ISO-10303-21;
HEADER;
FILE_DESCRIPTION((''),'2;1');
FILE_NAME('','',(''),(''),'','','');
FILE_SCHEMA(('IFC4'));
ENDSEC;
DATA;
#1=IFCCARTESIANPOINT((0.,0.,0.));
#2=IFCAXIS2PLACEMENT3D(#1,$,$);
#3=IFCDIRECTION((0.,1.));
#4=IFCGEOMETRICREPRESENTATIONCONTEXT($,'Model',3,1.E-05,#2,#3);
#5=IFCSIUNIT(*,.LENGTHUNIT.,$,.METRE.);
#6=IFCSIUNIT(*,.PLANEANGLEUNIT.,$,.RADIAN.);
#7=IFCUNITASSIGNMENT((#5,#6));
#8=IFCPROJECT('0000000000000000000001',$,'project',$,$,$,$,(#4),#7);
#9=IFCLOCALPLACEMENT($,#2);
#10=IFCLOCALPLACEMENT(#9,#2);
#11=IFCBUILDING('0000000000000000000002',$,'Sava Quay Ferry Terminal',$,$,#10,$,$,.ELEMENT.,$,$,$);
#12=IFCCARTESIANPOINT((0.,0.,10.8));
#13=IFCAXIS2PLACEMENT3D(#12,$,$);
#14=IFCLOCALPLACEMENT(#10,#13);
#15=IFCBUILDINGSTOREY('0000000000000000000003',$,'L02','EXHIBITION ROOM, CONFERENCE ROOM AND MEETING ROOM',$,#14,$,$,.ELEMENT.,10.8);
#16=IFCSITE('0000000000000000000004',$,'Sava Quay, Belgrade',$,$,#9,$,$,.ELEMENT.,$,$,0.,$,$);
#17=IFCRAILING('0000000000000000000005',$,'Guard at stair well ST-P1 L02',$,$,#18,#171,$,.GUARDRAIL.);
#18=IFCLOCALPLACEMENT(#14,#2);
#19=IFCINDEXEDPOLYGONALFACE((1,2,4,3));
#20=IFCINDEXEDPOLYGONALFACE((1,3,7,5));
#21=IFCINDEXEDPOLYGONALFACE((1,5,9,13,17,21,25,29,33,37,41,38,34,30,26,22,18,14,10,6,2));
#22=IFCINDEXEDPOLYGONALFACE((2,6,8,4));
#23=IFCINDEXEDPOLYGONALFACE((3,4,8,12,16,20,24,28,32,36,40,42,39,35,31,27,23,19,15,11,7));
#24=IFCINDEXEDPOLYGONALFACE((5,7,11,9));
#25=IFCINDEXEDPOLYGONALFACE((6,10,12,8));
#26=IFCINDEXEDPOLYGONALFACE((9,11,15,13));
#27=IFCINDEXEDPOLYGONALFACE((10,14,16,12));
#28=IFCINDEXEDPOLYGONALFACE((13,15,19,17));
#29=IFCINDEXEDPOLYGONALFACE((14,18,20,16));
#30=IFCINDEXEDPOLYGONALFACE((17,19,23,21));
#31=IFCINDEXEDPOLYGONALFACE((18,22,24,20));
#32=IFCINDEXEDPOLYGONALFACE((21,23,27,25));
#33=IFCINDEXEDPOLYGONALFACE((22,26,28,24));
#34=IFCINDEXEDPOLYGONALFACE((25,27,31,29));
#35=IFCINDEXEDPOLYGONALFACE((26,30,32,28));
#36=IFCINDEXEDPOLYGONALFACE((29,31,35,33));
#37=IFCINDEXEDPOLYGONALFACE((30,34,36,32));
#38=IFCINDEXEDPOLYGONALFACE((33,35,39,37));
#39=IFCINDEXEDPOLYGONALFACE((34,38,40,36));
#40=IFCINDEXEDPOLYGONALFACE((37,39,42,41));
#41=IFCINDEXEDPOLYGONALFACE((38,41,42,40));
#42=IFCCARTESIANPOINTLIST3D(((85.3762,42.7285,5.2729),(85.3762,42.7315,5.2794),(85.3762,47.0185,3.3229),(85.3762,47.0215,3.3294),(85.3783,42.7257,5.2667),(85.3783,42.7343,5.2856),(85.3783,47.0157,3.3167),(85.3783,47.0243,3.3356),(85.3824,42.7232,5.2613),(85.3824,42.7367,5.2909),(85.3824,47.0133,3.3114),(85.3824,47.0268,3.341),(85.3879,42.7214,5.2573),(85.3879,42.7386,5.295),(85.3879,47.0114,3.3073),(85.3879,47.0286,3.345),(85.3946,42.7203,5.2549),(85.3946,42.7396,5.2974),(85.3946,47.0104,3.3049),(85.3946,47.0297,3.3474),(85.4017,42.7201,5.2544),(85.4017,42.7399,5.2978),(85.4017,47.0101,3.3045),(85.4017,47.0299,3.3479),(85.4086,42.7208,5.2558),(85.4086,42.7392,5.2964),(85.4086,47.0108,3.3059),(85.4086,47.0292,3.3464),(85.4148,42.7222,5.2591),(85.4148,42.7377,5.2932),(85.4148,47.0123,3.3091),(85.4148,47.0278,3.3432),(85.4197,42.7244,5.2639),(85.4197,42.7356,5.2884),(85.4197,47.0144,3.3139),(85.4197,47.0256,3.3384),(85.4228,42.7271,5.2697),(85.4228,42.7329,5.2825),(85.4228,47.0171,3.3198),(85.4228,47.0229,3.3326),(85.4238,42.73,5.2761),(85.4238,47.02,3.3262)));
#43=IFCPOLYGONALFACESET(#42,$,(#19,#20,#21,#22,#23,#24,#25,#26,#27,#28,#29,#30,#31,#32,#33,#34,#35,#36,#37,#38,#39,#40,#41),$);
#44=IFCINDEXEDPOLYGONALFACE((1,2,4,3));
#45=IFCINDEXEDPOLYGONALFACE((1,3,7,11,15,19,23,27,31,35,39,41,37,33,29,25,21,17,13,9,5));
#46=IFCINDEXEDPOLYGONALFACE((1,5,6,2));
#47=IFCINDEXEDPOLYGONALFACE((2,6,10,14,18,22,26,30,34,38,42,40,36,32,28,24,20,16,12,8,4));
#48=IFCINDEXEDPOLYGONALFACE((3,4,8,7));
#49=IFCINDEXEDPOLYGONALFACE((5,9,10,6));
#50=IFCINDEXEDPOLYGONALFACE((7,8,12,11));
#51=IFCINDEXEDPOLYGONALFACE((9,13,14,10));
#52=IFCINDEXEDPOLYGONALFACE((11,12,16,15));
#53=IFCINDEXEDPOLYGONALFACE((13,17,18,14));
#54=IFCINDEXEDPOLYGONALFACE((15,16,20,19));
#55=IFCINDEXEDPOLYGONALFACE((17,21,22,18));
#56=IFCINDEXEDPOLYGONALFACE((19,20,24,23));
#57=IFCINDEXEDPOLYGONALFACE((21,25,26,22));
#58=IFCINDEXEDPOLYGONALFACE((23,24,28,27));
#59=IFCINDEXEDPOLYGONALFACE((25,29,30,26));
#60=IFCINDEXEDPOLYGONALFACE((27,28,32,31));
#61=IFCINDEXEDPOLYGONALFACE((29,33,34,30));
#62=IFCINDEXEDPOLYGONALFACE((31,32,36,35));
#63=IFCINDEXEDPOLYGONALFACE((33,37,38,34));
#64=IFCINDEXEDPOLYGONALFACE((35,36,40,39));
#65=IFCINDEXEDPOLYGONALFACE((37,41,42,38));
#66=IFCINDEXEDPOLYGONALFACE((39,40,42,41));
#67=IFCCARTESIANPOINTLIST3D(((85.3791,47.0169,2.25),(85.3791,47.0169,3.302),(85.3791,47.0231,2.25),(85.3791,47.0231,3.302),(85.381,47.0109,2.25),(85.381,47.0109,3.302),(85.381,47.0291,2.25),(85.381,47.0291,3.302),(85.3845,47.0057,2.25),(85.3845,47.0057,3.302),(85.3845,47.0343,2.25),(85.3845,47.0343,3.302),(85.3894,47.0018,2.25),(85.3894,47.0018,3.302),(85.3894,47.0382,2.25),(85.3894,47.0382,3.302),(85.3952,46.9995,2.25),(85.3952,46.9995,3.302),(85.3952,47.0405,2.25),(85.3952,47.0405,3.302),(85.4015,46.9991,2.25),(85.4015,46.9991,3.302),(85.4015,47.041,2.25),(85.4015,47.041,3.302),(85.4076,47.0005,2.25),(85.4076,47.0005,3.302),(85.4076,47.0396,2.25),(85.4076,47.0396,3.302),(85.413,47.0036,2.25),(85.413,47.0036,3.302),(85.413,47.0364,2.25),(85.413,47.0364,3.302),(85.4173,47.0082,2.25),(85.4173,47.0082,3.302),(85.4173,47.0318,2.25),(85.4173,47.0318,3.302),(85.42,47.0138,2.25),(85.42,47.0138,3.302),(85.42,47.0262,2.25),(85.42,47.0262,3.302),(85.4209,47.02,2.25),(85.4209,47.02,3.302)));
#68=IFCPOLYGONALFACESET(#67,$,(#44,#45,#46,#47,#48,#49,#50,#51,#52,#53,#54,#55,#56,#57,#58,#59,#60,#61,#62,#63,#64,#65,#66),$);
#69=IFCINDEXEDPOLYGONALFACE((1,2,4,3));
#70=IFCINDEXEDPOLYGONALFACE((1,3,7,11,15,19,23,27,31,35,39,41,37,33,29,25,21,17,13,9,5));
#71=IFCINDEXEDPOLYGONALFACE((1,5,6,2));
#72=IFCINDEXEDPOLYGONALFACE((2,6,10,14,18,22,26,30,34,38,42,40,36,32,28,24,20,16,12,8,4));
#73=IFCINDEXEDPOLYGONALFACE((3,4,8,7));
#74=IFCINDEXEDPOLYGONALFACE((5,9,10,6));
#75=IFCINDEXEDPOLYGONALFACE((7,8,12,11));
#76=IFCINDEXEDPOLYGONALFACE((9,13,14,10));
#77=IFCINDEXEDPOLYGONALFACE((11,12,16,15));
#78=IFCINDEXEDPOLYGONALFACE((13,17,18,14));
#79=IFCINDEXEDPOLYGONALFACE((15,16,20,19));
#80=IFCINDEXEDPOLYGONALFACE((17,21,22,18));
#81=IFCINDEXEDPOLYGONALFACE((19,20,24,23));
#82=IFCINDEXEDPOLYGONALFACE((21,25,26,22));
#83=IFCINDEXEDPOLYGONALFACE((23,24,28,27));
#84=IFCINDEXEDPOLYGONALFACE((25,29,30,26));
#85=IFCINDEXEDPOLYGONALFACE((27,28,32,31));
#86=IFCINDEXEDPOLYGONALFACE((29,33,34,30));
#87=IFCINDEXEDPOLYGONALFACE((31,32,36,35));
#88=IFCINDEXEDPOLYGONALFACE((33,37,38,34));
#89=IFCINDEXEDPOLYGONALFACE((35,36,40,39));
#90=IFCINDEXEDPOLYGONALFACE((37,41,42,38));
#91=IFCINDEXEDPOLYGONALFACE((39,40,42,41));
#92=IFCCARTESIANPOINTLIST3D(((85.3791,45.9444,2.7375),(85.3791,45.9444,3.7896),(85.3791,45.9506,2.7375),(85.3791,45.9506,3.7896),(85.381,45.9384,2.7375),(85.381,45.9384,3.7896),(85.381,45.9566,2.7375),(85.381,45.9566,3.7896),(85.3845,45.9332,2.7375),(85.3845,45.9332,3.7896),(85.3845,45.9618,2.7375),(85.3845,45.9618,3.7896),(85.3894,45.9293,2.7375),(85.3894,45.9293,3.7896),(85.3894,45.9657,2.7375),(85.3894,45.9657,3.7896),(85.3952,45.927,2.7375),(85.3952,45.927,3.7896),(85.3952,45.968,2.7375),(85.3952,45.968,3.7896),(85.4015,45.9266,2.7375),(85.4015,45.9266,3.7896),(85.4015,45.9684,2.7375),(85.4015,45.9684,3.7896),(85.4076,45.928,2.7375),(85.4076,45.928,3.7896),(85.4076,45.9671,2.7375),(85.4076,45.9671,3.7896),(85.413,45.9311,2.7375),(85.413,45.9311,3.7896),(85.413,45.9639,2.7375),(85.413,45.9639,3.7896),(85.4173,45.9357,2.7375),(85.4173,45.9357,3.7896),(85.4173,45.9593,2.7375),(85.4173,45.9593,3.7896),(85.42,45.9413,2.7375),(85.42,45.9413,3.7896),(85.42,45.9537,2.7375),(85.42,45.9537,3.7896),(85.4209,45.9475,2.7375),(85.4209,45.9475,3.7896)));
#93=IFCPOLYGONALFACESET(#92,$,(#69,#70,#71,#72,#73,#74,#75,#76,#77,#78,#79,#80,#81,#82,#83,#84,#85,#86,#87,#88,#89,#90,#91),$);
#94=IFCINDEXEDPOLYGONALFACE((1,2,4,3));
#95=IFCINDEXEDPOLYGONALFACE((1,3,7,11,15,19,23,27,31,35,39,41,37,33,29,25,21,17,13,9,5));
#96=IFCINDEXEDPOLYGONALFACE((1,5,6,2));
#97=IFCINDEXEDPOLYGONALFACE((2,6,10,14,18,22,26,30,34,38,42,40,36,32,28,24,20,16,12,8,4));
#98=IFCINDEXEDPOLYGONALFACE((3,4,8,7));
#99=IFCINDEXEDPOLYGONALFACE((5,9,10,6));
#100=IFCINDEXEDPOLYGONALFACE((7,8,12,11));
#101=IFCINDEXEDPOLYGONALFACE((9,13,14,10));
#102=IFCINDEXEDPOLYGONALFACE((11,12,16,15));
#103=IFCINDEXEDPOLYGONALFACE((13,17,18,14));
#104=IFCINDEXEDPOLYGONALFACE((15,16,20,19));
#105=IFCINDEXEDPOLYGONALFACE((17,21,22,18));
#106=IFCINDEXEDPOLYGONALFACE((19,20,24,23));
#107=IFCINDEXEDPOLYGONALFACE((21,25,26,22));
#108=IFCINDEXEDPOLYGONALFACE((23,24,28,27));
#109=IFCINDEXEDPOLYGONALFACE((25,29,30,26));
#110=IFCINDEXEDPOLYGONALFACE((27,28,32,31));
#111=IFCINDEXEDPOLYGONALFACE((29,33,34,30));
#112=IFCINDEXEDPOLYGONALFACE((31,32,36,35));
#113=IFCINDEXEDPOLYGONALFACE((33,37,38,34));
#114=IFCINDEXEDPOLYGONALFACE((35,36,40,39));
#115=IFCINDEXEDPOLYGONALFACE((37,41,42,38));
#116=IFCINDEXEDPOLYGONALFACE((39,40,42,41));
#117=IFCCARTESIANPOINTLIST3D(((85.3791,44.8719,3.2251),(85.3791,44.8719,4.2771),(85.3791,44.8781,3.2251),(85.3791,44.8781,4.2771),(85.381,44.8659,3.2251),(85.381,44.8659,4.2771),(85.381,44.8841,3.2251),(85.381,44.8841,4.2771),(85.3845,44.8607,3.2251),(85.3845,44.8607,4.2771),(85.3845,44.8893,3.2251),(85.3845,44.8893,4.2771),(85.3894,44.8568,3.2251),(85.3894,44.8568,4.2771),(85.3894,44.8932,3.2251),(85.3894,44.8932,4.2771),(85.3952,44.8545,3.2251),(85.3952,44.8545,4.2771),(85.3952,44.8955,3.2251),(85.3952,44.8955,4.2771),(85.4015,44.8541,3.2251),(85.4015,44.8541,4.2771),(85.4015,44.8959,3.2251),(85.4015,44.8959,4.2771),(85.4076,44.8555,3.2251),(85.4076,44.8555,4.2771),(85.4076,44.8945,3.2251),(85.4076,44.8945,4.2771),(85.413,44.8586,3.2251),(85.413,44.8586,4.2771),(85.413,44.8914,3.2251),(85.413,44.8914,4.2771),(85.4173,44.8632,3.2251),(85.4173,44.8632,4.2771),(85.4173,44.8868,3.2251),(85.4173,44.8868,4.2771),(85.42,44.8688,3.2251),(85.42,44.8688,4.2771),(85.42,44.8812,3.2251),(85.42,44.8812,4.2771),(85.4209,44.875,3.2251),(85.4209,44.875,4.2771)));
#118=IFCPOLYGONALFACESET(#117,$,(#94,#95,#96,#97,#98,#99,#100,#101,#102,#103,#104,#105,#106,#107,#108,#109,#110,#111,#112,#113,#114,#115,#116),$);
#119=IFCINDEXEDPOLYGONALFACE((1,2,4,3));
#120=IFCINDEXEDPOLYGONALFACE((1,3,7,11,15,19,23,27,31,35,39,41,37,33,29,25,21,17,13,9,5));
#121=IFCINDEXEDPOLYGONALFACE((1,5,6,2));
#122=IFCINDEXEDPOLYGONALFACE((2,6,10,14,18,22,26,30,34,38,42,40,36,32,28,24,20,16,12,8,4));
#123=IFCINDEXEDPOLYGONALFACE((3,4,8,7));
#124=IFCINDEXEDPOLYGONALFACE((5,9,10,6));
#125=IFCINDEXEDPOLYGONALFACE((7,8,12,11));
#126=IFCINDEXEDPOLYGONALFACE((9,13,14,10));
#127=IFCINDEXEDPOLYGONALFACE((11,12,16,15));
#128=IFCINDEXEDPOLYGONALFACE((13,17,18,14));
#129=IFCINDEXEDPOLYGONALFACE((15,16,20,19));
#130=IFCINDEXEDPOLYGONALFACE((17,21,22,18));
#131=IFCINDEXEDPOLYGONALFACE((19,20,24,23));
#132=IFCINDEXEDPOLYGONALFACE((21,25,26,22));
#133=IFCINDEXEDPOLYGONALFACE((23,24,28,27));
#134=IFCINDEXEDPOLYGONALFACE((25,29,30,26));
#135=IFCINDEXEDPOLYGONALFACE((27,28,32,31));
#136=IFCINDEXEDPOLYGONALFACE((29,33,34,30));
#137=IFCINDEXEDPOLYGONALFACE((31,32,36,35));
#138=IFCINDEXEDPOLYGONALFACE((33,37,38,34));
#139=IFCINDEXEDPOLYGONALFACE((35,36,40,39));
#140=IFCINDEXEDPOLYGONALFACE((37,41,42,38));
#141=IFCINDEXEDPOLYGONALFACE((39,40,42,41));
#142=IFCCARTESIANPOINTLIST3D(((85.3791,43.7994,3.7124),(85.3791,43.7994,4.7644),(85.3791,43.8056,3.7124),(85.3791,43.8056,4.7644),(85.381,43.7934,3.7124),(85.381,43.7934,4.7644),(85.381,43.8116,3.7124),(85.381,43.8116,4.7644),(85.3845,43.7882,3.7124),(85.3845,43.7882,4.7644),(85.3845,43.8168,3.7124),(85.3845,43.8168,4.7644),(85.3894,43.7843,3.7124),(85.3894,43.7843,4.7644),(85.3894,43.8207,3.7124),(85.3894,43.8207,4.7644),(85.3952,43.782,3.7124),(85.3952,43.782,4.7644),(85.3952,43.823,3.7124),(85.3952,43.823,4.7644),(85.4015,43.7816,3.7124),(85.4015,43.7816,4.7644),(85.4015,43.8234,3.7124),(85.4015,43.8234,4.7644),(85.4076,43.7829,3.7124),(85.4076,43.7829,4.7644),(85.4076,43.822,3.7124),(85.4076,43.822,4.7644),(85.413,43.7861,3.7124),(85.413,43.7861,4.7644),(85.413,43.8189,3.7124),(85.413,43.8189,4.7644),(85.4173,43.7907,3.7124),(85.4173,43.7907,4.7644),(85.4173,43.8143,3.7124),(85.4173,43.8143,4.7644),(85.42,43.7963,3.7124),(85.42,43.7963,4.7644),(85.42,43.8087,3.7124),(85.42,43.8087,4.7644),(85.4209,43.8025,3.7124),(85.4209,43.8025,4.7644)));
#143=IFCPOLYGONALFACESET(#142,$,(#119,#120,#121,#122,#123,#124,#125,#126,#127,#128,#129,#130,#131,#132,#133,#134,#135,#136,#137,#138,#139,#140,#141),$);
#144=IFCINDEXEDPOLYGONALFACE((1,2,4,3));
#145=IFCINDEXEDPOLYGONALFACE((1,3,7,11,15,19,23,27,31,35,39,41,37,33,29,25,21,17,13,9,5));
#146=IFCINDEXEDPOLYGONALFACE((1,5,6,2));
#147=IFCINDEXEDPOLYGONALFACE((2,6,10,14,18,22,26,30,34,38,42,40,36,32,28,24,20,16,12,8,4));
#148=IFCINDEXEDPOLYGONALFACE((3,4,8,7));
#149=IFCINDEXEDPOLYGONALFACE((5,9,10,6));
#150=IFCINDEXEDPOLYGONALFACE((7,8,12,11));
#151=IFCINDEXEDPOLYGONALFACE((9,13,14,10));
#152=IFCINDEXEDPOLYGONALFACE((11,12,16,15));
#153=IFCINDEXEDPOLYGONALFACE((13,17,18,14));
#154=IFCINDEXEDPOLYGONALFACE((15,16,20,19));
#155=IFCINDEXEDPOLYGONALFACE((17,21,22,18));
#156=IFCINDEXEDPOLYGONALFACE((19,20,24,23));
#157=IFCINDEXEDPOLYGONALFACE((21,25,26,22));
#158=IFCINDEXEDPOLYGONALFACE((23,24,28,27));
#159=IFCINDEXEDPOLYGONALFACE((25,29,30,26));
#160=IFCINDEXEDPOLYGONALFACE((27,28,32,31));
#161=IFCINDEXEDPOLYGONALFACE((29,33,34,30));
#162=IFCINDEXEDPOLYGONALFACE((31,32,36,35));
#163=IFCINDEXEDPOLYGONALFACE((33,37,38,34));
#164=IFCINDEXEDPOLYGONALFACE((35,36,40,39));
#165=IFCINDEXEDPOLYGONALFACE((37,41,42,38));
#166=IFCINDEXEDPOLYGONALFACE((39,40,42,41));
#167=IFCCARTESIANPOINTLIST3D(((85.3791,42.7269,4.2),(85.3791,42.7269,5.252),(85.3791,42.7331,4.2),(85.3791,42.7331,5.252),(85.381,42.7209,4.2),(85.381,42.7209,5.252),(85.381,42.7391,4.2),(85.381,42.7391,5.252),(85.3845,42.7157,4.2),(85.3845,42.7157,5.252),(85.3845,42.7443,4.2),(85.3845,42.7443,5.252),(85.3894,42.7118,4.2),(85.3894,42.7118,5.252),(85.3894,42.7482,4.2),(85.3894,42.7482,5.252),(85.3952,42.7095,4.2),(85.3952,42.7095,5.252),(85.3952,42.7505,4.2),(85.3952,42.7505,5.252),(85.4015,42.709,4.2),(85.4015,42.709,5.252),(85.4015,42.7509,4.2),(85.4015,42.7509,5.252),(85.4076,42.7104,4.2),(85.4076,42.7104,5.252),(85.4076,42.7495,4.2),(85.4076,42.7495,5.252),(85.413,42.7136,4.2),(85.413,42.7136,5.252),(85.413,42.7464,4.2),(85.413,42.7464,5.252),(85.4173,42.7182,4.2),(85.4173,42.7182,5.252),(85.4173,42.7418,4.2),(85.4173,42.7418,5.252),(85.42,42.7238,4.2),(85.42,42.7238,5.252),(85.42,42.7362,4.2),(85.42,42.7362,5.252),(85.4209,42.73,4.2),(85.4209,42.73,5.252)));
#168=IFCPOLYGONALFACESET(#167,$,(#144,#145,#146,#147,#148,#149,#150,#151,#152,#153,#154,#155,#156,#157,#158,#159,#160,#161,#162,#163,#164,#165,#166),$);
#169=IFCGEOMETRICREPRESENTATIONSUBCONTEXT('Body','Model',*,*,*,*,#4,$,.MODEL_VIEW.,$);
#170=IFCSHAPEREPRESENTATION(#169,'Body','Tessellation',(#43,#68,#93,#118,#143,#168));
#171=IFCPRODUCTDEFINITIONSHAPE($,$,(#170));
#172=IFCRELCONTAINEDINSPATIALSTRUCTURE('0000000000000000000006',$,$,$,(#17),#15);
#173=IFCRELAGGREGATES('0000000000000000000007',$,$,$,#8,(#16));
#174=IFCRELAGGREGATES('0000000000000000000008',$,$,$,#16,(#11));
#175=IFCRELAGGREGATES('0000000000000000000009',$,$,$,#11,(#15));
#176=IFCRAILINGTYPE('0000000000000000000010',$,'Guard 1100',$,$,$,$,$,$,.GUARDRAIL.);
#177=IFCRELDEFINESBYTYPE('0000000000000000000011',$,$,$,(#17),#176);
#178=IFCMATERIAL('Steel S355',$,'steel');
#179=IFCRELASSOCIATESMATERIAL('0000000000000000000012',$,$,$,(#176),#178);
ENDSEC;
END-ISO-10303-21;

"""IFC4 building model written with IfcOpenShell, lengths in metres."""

from ifc_helpers import new_model, si_unit, direction, frame, origin, origin_2d, place, context, subcontext, project, spatial, circle, extrude, material, type_object, element, save


model = new_model("IFC4")

# Units and contexts
model_context = context("Model", 3, precision=1e-05, world=origin(), true_north=direction((0.0, 1.0)))
body_context = subcontext(model_context, "Body", "Model", "MODEL_VIEW")
ifc_project = project(units=[si_unit("LENGTHUNIT", "METRE"), si_unit("PLANEANGLEUNIT", "RADIAN")], contexts=[model_context])

# Site, building, storey
site_placement = place(None, origin())
site = spatial("IfcSite", under=ifc_project, at=site_placement, Name="Sava Quay, Belgrade", CompositionType="ELEMENT", RefElevation=0.0)
building_placement = place(site_placement, origin())
building = spatial("IfcBuilding", under=site, at=building_placement, Name="Sava Quay Ferry Terminal", CompositionType="ELEMENT")
storey_placement = place(building_placement, frame((0.0, 0.0, 10.8)))
storey = spatial("IfcBuildingStorey", under=building, at=storey_placement, Name="L02", Description="EXHIBITION ROOM, CONFERENCE ROOM AND MEETING ROOM", CompositionType="ELEMENT", Elevation=10.8)

# Railing
ifc_material_1 = material(Name="Steel S355", Category="steel")
railing_type_1 = type_object("IfcRailingType", Name="Guard 1100", PredefinedType="GUARDRAIL", material=ifc_material_1)
railing_1_placement = place(storey_placement, frame((85.3999, 47.02, 2.25)))
element("IfcRailing", 1, at=railing_1_placement, inside=storey, type_object=railing_type_1, Name="Guard at stair well ST-P1 L02", PredefinedType="GUARDRAIL", context=body_context, shape_type="SweptSolid", body=[
    extrude(circle(Radius=0.0239, at=origin_2d()), frame((0.0, 0.0, 1.0762), z_axis=(0.0, -0.910372, 0.413791), x_axis=(1.0, 0.0, 0.0)), (0.0, 0.0, 1.0), 4.7124),
    extrude(circle(Radius=0.021, at=origin_2d()), origin(), (0.0, 0.0, 1.0), 1.052),
    extrude(circle(Radius=0.021, at=origin_2d()), frame((0.0, -1.0725, 0.4875)), (0.0, 0.0, 1.0), 1.052),
    extrude(circle(Radius=0.021, at=origin_2d()), frame((0.0, -2.145, 0.9751)), (0.0, 0.0, 1.0), 1.052),
    extrude(circle(Radius=0.021, at=origin_2d()), frame((0.0, -3.2175, 1.4624)), (0.0, 0.0, 1.0), 1.052),
    extrude(circle(Radius=0.021, at=origin_2d()), frame((0.0, -4.29, 1.95)), (0.0, 0.0, 1.0), 1.052),
])

save(model, "model.ifc")
